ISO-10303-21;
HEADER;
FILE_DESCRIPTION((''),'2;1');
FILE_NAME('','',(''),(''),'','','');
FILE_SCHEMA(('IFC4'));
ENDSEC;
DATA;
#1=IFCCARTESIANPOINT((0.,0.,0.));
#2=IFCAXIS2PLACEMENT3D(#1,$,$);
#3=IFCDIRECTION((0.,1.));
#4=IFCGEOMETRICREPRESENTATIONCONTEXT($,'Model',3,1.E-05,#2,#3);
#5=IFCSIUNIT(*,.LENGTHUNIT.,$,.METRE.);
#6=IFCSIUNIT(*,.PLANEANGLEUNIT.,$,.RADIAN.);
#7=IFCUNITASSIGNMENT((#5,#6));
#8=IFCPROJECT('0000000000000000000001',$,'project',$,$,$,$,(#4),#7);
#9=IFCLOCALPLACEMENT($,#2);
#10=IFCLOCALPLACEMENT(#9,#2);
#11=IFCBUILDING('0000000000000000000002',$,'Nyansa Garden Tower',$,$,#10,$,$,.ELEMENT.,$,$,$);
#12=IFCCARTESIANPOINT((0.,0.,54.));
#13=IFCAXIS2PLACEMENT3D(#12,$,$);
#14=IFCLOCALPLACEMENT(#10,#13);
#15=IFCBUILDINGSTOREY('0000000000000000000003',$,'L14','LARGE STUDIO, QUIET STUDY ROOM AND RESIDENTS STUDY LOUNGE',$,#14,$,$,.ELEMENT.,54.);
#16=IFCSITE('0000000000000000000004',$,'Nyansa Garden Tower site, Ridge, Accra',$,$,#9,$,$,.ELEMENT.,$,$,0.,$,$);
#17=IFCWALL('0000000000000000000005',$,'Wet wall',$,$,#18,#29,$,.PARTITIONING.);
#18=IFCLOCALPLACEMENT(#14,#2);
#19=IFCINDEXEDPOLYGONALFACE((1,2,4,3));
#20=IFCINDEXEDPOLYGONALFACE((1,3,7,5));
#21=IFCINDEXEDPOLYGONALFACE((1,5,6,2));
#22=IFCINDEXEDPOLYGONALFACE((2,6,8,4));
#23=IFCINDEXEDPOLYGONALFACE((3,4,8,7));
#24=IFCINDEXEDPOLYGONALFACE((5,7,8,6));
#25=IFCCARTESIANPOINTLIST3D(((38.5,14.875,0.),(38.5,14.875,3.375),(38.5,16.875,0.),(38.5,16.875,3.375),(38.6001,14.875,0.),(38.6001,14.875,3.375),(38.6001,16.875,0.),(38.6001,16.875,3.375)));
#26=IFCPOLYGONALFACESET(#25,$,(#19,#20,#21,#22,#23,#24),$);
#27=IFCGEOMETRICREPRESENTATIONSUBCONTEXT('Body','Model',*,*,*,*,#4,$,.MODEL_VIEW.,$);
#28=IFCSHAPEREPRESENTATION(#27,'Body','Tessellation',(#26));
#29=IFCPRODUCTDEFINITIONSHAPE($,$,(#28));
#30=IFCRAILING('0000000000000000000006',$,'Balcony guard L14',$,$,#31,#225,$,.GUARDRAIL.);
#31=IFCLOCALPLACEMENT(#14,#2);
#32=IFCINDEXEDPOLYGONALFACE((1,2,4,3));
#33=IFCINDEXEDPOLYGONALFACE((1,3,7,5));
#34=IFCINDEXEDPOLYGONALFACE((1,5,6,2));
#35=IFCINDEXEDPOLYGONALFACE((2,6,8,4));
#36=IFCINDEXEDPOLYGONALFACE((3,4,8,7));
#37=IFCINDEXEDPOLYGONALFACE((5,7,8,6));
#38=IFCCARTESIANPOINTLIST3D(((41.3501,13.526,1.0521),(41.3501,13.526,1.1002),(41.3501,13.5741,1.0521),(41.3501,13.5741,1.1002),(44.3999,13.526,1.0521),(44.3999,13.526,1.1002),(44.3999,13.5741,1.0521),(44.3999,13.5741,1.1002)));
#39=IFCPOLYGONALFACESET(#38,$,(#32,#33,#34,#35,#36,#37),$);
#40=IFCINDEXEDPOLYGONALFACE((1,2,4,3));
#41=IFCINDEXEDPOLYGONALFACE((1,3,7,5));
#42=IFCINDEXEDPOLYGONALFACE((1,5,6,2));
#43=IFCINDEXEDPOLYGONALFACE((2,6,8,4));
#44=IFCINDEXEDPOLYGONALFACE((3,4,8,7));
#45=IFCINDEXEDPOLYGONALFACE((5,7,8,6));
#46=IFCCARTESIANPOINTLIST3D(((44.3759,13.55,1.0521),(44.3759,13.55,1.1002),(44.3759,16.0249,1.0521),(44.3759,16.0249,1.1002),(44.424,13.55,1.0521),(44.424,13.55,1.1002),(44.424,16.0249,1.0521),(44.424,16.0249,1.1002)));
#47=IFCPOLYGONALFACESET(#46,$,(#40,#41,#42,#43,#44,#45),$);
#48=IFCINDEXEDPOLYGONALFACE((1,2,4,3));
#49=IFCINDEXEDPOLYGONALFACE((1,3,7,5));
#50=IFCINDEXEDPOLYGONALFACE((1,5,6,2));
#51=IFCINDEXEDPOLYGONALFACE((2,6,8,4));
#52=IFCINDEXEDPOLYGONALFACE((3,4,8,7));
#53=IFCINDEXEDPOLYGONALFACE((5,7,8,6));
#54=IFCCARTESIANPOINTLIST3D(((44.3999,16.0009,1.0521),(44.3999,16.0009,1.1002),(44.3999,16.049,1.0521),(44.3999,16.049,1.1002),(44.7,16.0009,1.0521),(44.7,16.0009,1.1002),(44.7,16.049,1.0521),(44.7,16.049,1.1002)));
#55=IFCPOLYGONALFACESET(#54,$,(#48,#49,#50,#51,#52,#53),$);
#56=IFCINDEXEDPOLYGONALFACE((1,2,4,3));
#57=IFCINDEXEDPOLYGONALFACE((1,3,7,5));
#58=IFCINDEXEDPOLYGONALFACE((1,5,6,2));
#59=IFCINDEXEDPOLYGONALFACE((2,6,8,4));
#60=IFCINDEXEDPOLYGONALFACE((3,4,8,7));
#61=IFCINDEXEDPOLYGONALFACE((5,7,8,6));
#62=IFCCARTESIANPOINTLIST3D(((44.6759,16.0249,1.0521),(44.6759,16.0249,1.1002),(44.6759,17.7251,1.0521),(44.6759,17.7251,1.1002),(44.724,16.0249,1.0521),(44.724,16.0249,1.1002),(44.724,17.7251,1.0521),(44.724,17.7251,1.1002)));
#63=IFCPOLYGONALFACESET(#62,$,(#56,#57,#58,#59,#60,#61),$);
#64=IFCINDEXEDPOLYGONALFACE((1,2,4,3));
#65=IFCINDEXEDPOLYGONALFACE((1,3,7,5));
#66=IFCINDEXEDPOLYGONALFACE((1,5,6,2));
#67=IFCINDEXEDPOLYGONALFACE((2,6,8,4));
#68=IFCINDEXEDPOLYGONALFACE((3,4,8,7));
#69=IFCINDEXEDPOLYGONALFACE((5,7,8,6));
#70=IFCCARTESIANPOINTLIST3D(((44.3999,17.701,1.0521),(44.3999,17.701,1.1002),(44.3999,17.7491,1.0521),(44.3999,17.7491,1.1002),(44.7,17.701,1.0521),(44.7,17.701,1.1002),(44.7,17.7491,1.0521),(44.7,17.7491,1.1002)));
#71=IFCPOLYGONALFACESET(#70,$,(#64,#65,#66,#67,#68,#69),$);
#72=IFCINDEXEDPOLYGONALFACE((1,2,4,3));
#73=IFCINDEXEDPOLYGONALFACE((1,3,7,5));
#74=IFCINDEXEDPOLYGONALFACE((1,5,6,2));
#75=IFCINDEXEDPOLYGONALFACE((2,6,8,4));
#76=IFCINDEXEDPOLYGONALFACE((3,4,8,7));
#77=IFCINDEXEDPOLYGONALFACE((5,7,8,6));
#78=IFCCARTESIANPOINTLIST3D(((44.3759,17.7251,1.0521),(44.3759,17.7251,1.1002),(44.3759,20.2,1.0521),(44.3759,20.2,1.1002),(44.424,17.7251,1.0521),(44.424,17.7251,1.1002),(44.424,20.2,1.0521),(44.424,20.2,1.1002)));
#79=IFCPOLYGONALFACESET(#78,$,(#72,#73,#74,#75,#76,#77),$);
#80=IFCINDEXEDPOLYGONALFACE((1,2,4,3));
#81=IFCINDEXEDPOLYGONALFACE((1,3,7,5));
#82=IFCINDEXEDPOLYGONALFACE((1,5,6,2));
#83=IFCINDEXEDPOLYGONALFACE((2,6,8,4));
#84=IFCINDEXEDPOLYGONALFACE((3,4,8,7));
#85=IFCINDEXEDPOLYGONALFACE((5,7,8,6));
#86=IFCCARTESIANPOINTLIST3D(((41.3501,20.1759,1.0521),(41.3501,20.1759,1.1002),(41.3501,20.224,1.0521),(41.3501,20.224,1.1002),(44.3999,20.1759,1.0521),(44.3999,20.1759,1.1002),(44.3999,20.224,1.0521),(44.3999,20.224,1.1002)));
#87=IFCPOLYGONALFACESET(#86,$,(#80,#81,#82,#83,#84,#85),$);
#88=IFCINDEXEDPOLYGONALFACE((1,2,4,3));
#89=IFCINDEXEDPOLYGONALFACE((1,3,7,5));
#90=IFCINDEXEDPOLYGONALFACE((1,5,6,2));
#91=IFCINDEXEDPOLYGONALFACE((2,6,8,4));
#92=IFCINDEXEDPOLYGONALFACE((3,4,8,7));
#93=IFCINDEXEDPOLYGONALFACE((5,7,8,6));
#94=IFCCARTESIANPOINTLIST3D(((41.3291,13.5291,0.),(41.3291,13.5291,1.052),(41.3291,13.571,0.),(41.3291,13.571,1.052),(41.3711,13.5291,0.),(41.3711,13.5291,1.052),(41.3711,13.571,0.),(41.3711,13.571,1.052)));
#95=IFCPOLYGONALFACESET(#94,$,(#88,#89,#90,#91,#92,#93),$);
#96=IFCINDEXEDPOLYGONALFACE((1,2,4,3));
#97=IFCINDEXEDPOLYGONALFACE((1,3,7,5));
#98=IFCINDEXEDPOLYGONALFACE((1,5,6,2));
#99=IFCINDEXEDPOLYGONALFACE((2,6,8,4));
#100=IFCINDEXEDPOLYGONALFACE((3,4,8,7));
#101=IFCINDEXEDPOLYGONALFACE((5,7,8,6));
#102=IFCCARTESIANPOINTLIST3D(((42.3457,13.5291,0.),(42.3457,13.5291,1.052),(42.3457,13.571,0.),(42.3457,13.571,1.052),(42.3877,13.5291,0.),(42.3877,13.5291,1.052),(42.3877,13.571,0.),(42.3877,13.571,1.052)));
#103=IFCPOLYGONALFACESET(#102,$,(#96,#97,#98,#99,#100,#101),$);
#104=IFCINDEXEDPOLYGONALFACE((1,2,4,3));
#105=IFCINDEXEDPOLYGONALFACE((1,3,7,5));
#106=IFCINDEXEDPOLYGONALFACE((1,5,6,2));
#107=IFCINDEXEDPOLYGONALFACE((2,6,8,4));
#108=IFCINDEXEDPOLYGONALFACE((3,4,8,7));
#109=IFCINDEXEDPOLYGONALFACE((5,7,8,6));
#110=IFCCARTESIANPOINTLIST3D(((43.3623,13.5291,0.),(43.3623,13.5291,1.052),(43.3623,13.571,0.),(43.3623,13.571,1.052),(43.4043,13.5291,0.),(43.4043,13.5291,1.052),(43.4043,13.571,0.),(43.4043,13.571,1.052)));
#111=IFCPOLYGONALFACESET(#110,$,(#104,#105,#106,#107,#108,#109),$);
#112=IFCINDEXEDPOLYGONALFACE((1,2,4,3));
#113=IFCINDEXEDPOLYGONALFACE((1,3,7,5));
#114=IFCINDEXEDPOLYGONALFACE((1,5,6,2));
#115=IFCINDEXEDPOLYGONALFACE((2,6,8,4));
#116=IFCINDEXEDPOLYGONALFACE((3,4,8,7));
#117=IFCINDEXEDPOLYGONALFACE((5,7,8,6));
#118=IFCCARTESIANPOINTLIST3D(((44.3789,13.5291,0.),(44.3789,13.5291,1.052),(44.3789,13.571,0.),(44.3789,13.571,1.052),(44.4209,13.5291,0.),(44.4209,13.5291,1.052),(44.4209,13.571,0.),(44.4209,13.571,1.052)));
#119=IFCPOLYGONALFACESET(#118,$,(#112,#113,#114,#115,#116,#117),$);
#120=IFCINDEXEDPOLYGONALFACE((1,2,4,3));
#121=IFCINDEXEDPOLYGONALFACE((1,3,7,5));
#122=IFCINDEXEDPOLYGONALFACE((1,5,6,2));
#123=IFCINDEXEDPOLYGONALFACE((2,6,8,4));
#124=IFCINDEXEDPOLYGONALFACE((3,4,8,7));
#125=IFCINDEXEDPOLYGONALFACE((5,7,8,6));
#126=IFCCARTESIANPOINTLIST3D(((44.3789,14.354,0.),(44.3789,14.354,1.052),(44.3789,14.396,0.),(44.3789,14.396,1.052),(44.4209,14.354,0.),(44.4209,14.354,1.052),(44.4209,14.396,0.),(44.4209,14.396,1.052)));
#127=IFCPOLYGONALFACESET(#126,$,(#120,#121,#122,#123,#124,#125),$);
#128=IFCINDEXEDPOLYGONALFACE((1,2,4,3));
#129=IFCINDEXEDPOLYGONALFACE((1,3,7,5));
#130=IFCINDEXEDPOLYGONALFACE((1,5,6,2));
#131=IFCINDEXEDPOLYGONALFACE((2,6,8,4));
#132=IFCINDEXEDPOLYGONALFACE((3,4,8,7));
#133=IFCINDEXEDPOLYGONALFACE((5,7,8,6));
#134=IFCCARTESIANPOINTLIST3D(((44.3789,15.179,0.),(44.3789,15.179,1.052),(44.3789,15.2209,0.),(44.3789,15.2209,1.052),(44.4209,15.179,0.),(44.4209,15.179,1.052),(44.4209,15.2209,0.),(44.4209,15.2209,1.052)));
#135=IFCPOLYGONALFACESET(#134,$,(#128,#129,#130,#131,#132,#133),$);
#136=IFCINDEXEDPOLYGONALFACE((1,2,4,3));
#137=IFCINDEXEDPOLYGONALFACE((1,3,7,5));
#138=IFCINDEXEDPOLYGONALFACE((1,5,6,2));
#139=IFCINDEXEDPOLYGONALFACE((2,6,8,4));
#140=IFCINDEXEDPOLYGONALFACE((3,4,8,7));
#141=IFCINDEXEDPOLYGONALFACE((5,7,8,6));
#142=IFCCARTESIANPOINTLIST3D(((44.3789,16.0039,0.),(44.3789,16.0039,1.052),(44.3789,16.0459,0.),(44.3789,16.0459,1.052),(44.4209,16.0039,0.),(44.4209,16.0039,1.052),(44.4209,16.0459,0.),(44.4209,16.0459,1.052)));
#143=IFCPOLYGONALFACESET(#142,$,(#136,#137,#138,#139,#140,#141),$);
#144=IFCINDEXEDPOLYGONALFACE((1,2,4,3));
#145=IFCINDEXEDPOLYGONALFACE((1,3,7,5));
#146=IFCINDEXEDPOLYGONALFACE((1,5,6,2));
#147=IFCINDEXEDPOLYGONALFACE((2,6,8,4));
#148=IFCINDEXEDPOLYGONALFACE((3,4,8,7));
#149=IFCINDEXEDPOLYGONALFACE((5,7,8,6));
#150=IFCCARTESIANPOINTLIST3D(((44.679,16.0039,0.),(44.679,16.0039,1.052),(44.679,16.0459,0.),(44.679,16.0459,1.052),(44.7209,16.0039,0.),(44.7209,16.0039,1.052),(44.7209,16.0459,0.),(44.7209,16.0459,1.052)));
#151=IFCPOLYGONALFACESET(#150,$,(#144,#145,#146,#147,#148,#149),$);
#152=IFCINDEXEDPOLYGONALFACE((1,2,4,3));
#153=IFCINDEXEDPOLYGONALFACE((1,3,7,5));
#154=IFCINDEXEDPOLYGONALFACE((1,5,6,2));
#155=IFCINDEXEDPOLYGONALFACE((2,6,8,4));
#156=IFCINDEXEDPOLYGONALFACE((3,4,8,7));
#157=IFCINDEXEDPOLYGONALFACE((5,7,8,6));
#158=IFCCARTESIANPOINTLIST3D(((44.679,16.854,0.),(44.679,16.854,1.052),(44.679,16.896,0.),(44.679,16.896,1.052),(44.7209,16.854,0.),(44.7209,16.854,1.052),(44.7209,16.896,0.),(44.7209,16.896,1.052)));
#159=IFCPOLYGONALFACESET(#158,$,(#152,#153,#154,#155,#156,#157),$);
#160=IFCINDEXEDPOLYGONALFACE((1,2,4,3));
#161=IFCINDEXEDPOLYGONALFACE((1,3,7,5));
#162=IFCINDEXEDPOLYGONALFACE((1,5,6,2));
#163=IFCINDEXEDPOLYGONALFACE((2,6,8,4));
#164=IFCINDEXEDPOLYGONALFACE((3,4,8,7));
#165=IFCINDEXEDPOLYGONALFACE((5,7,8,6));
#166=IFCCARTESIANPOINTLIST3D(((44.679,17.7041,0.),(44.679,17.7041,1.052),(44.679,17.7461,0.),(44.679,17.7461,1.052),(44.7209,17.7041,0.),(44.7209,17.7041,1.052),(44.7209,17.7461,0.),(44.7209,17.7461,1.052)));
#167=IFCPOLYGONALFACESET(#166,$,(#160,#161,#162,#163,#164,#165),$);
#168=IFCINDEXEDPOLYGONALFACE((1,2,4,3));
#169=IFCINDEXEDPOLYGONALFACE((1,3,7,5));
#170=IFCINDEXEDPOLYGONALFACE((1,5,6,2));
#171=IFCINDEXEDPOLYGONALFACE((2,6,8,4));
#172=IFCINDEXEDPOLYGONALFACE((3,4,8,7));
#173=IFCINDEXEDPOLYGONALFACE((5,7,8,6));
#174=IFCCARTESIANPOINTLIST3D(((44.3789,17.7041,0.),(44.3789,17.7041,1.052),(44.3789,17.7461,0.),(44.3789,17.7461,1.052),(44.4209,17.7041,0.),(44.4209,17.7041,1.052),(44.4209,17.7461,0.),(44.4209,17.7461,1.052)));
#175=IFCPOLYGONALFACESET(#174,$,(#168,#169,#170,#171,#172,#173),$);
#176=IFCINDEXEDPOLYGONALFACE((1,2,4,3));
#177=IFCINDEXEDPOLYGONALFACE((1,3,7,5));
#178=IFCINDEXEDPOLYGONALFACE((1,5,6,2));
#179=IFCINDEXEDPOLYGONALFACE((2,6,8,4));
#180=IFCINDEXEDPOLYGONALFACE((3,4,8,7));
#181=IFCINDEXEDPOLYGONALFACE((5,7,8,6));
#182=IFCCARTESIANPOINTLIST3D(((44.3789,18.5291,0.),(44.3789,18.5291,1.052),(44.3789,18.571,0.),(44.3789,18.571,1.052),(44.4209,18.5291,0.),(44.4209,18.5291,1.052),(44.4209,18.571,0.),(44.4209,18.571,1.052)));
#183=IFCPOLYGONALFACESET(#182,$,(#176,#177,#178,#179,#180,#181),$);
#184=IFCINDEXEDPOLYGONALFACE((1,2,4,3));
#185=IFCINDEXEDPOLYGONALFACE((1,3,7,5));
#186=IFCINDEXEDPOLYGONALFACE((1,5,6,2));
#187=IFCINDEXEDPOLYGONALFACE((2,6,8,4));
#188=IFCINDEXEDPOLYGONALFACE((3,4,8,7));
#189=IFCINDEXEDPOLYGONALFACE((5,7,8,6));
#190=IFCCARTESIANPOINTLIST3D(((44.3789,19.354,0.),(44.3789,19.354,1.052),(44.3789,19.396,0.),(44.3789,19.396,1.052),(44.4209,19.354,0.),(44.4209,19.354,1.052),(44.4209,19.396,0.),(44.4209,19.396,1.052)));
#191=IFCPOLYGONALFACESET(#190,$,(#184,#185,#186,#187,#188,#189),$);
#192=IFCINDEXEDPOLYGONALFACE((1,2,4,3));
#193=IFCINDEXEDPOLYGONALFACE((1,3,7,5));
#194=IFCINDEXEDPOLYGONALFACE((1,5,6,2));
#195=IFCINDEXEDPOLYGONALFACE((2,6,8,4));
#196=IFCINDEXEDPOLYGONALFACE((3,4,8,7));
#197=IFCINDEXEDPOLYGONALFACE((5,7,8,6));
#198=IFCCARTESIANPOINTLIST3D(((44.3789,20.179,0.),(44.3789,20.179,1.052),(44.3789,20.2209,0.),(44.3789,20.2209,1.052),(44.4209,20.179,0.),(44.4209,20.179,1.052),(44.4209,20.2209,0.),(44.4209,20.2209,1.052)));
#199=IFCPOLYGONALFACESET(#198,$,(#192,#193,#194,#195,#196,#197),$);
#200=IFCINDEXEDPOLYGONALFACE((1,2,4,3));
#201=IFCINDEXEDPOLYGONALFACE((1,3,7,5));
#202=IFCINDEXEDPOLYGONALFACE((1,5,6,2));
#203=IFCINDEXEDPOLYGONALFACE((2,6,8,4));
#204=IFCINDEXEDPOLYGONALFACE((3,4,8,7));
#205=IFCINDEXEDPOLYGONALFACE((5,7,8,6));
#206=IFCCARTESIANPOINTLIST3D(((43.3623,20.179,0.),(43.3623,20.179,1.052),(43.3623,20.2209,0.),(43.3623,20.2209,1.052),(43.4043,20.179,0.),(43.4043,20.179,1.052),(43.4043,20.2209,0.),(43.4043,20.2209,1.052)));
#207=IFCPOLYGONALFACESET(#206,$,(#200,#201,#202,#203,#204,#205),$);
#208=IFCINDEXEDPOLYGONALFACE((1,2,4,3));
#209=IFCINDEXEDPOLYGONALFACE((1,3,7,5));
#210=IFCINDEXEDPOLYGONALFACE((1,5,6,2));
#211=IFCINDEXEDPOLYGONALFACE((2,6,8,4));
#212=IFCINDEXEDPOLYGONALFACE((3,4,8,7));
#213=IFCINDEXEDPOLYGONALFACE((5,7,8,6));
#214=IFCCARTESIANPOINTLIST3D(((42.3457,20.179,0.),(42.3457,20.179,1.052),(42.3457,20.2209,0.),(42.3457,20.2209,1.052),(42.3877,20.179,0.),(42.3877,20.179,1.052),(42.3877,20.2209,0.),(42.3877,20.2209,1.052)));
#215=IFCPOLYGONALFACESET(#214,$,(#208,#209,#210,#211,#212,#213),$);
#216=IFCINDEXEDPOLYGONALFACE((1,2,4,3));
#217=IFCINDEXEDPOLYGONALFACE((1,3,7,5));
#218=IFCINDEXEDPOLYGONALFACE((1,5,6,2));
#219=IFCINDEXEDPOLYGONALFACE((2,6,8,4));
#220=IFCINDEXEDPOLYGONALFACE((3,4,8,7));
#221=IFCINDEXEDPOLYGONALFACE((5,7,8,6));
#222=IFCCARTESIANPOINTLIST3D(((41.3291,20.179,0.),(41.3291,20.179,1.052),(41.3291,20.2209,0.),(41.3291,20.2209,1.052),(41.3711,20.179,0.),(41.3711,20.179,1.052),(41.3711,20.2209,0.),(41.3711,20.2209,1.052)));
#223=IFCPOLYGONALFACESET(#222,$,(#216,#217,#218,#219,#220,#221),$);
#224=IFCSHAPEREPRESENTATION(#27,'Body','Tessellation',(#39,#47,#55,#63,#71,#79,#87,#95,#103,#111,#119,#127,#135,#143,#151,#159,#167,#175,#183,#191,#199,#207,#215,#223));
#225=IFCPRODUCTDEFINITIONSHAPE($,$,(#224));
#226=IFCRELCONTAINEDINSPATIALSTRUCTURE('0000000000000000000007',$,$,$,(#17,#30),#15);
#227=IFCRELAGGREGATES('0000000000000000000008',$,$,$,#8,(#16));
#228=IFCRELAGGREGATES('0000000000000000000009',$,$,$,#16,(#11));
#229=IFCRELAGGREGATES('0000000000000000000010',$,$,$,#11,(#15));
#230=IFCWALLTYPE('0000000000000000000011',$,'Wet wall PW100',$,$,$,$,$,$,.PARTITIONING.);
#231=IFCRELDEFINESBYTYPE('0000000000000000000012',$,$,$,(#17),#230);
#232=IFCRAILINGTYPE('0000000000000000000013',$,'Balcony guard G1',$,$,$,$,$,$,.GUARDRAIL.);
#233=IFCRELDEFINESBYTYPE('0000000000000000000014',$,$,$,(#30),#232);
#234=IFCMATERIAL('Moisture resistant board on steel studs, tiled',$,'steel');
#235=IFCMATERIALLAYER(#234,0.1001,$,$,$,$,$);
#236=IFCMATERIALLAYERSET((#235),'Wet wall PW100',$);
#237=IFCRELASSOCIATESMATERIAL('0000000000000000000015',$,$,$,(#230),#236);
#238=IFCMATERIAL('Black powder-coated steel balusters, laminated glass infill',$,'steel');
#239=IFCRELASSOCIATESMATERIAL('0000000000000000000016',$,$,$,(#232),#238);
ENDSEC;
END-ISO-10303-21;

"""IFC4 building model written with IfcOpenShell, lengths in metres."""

from ifc_helpers import new_model, si_unit, direction, frame, frame_2d, origin, origin_2d, place, context, subcontext, project, spatial, rectangle, extrude, material, layer, layer_set, type_object, element, save


model = new_model("IFC4")

# Units and contexts
model_context = context("Model", 3, precision=1e-05, world=origin(), true_north=direction((0.0, 1.0)))
body_context = subcontext(model_context, "Body", "Model", "MODEL_VIEW")
ifc_project = project(units=[si_unit("LENGTHUNIT", "METRE"), si_unit("PLANEANGLEUNIT", "RADIAN")], contexts=[model_context])

# Site, building, storey
site_placement = place(None, origin())
site = spatial("IfcSite", under=ifc_project, at=site_placement, Name="Nyansa Garden Tower site, Ridge, Accra", CompositionType="ELEMENT", RefElevation=0.0)
building_placement = place(site_placement, origin())
building = spatial("IfcBuilding", under=site, at=building_placement, Name="Nyansa Garden Tower", CompositionType="ELEMENT")
storey_placement = place(building_placement, frame((0.0, 0.0, 54.0)))
storey = spatial("IfcBuildingStorey", under=building, at=storey_placement, Name="L14", Description="LARGE STUDIO, QUIET STUDY ROOM AND RESIDENTS STUDY LOUNGE", CompositionType="ELEMENT", Elevation=54.0)

# Wall
ifc_material_1 = material(Name="Moisture resistant board on steel studs, tiled", Category="steel")
ifc_layer_1 = layer(ifc_material_1, 0.1001)
ifc_layer_set_1 = layer_set([ifc_layer_1], Name="Wet wall PW100")
wall_type_1 = type_object("IfcWallType", Name="Wet wall PW100", PredefinedType="PARTITIONING", material=ifc_layer_set_1)
wall_1_placement = place(storey_placement, frame((38.55, 14.875, 0.0), z_axis=(0.0, 0.0, 1.0), x_axis=(0.0, 1.0, 0.0)))
element("IfcWall", 1, at=wall_1_placement, inside=storey, type_object=wall_type_1, Name="Wet wall", PredefinedType="PARTITIONING", context=body_context, shape_type="SweptSolid", body=[
    extrude(rectangle(XDim=2.0, YDim=0.1001, at=frame_2d((1.0, 0.0))), origin(), (0.0, 0.0, 1.0), 3.375),
])

# Railing
ifc_material_2 = material(Name="Black powder-coated steel balusters, laminated glass infill", Category="steel")
railing_type = type_object("IfcRailingType", Name="Balcony guard G1", PredefinedType="GUARDRAIL", material=ifc_material_2)
railing_placement = place(storey_placement, frame((41.3501, 13.55, 0.0)))
element("IfcRailing", 2, at=railing_placement, inside=storey, type_object=railing_type, Name="Balcony guard L14", PredefinedType="GUARDRAIL", context=body_context, shape_type="SweptSolid", body=[
    extrude(rectangle(XDim=0.0481, YDim=0.0481, at=origin_2d()), frame((0.0, 0.0, 1.0762), z_axis=(1.0, 0.0, 0.0), x_axis=(0.0, 1.0, 0.0)), (0.0, 0.0, 1.0), 3.0498),
    extrude(rectangle(XDim=0.0481, YDim=0.0481, at=origin_2d()), frame((3.0498, 0.0, 1.0762), z_axis=(0.0, 1.0, 0.0), x_axis=(-1.0, 0.0, 0.0)), (0.0, 0.0, 1.0), 2.4749),
    extrude(rectangle(XDim=0.0481, YDim=0.0481, at=origin_2d()), frame((3.0498, 2.4749, 1.0762), z_axis=(1.0, 0.0, 0.0), x_axis=(0.0, 1.0, 0.0)), (0.0, 0.0, 1.0), 0.3),
    extrude(rectangle(XDim=0.0481, YDim=0.0481, at=origin_2d()), frame((3.3499, 2.4749, 1.0762), z_axis=(0.0, 1.0, 0.0), x_axis=(-1.0, 0.0, 0.0)), (0.0, 0.0, 1.0), 1.7002),
    extrude(rectangle(XDim=0.0481, YDim=0.0481, at=origin_2d()), frame((3.3499, 4.175, 1.0762), z_axis=(-1.0, 0.0, 0.0), x_axis=(0.0, -1.0, 0.0)), (0.0, 0.0, 1.0), 0.3),
    extrude(rectangle(XDim=0.0481, YDim=0.0481, at=origin_2d()), frame((3.0498, 4.175, 1.0762), z_axis=(0.0, 1.0, 0.0), x_axis=(-1.0, 0.0, 0.0)), (0.0, 0.0, 1.0), 2.4749),
    extrude(rectangle(XDim=0.0481, YDim=0.0481, at=origin_2d()), frame((3.0498, 6.6499, 1.0762), z_axis=(-1.0, 0.0, 0.0), x_axis=(0.0, -1.0, 0.0)), (0.0, 0.0, 1.0), 3.0498),
    extrude(rectangle(XDim=0.042, YDim=0.042, at=origin_2d()), origin(), (0.0, 0.0, 1.0), 1.052),
    extrude(rectangle(XDim=0.042, YDim=0.042, at=origin_2d()), frame((1.0166, 0.0, 0.0)), (0.0, 0.0, 1.0), 1.052),
    extrude(rectangle(XDim=0.042, YDim=0.042, at=origin_2d()), frame((2.0332, 0.0, 0.0)), (0.0, 0.0, 1.0), 1.052),
    extrude(rectangle(XDim=0.042, YDim=0.042, at=origin_2d()), frame((3.0498, 0.0, 0.0)), (0.0, 0.0, 1.0), 1.052),
    extrude(rectangle(XDim=0.042, YDim=0.042, at=origin_2d()), frame((3.0498, 0.825, 0.0)), (0.0, 0.0, 1.0), 1.052),
    extrude(rectangle(XDim=0.042, YDim=0.042, at=origin_2d()), frame((3.0498, 1.6499, 0.0)), (0.0, 0.0, 1.0), 1.052),
    extrude(rectangle(XDim=0.042, YDim=0.042, at=origin_2d()), frame((3.0498, 2.4749, 0.0)), (0.0, 0.0, 1.0), 1.052),
    extrude(rectangle(XDim=0.042, YDim=0.042, at=origin_2d()), frame((3.3499, 2.4749, 0.0)), (0.0, 0.0, 1.0), 1.052),
    extrude(rectangle(XDim=0.042, YDim=0.042, at=origin_2d()), frame((3.3499, 3.325, 0.0)), (0.0, 0.0, 1.0), 1.052),
    extrude(rectangle(XDim=0.042, YDim=0.042, at=origin_2d()), frame((3.3499, 4.175, 0.0)), (0.0, 0.0, 1.0), 1.052),
    extrude(rectangle(XDim=0.042, YDim=0.042, at=origin_2d()), frame((3.0498, 4.175, 0.0)), (0.0, 0.0, 1.0), 1.052),
    extrude(rectangle(XDim=0.042, YDim=0.042, at=origin_2d()), frame((3.0498, 5.0, 0.0)), (0.0, 0.0, 1.0), 1.052),
    extrude(rectangle(XDim=0.042, YDim=0.042, at=origin_2d()), frame((3.0498, 5.825, 0.0)), (0.0, 0.0, 1.0), 1.052),
    extrude(rectangle(XDim=0.042, YDim=0.042, at=origin_2d()), frame((3.0498, 6.6499, 0.0)), (0.0, 0.0, 1.0), 1.052),
    extrude(rectangle(XDim=0.042, YDim=0.042, at=origin_2d()), frame((2.0332, 6.6499, 0.0)), (0.0, 0.0, 1.0), 1.052),
    extrude(rectangle(XDim=0.042, YDim=0.042, at=origin_2d()), frame((1.0166, 6.6499, 0.0)), (0.0, 0.0, 1.0), 1.052),
    extrude(rectangle(XDim=0.042, YDim=0.042, at=origin_2d()), frame((0.0, 6.6499, 0.0)), (0.0, 0.0, 1.0), 1.052),
])

save(model, "model.ifc")
